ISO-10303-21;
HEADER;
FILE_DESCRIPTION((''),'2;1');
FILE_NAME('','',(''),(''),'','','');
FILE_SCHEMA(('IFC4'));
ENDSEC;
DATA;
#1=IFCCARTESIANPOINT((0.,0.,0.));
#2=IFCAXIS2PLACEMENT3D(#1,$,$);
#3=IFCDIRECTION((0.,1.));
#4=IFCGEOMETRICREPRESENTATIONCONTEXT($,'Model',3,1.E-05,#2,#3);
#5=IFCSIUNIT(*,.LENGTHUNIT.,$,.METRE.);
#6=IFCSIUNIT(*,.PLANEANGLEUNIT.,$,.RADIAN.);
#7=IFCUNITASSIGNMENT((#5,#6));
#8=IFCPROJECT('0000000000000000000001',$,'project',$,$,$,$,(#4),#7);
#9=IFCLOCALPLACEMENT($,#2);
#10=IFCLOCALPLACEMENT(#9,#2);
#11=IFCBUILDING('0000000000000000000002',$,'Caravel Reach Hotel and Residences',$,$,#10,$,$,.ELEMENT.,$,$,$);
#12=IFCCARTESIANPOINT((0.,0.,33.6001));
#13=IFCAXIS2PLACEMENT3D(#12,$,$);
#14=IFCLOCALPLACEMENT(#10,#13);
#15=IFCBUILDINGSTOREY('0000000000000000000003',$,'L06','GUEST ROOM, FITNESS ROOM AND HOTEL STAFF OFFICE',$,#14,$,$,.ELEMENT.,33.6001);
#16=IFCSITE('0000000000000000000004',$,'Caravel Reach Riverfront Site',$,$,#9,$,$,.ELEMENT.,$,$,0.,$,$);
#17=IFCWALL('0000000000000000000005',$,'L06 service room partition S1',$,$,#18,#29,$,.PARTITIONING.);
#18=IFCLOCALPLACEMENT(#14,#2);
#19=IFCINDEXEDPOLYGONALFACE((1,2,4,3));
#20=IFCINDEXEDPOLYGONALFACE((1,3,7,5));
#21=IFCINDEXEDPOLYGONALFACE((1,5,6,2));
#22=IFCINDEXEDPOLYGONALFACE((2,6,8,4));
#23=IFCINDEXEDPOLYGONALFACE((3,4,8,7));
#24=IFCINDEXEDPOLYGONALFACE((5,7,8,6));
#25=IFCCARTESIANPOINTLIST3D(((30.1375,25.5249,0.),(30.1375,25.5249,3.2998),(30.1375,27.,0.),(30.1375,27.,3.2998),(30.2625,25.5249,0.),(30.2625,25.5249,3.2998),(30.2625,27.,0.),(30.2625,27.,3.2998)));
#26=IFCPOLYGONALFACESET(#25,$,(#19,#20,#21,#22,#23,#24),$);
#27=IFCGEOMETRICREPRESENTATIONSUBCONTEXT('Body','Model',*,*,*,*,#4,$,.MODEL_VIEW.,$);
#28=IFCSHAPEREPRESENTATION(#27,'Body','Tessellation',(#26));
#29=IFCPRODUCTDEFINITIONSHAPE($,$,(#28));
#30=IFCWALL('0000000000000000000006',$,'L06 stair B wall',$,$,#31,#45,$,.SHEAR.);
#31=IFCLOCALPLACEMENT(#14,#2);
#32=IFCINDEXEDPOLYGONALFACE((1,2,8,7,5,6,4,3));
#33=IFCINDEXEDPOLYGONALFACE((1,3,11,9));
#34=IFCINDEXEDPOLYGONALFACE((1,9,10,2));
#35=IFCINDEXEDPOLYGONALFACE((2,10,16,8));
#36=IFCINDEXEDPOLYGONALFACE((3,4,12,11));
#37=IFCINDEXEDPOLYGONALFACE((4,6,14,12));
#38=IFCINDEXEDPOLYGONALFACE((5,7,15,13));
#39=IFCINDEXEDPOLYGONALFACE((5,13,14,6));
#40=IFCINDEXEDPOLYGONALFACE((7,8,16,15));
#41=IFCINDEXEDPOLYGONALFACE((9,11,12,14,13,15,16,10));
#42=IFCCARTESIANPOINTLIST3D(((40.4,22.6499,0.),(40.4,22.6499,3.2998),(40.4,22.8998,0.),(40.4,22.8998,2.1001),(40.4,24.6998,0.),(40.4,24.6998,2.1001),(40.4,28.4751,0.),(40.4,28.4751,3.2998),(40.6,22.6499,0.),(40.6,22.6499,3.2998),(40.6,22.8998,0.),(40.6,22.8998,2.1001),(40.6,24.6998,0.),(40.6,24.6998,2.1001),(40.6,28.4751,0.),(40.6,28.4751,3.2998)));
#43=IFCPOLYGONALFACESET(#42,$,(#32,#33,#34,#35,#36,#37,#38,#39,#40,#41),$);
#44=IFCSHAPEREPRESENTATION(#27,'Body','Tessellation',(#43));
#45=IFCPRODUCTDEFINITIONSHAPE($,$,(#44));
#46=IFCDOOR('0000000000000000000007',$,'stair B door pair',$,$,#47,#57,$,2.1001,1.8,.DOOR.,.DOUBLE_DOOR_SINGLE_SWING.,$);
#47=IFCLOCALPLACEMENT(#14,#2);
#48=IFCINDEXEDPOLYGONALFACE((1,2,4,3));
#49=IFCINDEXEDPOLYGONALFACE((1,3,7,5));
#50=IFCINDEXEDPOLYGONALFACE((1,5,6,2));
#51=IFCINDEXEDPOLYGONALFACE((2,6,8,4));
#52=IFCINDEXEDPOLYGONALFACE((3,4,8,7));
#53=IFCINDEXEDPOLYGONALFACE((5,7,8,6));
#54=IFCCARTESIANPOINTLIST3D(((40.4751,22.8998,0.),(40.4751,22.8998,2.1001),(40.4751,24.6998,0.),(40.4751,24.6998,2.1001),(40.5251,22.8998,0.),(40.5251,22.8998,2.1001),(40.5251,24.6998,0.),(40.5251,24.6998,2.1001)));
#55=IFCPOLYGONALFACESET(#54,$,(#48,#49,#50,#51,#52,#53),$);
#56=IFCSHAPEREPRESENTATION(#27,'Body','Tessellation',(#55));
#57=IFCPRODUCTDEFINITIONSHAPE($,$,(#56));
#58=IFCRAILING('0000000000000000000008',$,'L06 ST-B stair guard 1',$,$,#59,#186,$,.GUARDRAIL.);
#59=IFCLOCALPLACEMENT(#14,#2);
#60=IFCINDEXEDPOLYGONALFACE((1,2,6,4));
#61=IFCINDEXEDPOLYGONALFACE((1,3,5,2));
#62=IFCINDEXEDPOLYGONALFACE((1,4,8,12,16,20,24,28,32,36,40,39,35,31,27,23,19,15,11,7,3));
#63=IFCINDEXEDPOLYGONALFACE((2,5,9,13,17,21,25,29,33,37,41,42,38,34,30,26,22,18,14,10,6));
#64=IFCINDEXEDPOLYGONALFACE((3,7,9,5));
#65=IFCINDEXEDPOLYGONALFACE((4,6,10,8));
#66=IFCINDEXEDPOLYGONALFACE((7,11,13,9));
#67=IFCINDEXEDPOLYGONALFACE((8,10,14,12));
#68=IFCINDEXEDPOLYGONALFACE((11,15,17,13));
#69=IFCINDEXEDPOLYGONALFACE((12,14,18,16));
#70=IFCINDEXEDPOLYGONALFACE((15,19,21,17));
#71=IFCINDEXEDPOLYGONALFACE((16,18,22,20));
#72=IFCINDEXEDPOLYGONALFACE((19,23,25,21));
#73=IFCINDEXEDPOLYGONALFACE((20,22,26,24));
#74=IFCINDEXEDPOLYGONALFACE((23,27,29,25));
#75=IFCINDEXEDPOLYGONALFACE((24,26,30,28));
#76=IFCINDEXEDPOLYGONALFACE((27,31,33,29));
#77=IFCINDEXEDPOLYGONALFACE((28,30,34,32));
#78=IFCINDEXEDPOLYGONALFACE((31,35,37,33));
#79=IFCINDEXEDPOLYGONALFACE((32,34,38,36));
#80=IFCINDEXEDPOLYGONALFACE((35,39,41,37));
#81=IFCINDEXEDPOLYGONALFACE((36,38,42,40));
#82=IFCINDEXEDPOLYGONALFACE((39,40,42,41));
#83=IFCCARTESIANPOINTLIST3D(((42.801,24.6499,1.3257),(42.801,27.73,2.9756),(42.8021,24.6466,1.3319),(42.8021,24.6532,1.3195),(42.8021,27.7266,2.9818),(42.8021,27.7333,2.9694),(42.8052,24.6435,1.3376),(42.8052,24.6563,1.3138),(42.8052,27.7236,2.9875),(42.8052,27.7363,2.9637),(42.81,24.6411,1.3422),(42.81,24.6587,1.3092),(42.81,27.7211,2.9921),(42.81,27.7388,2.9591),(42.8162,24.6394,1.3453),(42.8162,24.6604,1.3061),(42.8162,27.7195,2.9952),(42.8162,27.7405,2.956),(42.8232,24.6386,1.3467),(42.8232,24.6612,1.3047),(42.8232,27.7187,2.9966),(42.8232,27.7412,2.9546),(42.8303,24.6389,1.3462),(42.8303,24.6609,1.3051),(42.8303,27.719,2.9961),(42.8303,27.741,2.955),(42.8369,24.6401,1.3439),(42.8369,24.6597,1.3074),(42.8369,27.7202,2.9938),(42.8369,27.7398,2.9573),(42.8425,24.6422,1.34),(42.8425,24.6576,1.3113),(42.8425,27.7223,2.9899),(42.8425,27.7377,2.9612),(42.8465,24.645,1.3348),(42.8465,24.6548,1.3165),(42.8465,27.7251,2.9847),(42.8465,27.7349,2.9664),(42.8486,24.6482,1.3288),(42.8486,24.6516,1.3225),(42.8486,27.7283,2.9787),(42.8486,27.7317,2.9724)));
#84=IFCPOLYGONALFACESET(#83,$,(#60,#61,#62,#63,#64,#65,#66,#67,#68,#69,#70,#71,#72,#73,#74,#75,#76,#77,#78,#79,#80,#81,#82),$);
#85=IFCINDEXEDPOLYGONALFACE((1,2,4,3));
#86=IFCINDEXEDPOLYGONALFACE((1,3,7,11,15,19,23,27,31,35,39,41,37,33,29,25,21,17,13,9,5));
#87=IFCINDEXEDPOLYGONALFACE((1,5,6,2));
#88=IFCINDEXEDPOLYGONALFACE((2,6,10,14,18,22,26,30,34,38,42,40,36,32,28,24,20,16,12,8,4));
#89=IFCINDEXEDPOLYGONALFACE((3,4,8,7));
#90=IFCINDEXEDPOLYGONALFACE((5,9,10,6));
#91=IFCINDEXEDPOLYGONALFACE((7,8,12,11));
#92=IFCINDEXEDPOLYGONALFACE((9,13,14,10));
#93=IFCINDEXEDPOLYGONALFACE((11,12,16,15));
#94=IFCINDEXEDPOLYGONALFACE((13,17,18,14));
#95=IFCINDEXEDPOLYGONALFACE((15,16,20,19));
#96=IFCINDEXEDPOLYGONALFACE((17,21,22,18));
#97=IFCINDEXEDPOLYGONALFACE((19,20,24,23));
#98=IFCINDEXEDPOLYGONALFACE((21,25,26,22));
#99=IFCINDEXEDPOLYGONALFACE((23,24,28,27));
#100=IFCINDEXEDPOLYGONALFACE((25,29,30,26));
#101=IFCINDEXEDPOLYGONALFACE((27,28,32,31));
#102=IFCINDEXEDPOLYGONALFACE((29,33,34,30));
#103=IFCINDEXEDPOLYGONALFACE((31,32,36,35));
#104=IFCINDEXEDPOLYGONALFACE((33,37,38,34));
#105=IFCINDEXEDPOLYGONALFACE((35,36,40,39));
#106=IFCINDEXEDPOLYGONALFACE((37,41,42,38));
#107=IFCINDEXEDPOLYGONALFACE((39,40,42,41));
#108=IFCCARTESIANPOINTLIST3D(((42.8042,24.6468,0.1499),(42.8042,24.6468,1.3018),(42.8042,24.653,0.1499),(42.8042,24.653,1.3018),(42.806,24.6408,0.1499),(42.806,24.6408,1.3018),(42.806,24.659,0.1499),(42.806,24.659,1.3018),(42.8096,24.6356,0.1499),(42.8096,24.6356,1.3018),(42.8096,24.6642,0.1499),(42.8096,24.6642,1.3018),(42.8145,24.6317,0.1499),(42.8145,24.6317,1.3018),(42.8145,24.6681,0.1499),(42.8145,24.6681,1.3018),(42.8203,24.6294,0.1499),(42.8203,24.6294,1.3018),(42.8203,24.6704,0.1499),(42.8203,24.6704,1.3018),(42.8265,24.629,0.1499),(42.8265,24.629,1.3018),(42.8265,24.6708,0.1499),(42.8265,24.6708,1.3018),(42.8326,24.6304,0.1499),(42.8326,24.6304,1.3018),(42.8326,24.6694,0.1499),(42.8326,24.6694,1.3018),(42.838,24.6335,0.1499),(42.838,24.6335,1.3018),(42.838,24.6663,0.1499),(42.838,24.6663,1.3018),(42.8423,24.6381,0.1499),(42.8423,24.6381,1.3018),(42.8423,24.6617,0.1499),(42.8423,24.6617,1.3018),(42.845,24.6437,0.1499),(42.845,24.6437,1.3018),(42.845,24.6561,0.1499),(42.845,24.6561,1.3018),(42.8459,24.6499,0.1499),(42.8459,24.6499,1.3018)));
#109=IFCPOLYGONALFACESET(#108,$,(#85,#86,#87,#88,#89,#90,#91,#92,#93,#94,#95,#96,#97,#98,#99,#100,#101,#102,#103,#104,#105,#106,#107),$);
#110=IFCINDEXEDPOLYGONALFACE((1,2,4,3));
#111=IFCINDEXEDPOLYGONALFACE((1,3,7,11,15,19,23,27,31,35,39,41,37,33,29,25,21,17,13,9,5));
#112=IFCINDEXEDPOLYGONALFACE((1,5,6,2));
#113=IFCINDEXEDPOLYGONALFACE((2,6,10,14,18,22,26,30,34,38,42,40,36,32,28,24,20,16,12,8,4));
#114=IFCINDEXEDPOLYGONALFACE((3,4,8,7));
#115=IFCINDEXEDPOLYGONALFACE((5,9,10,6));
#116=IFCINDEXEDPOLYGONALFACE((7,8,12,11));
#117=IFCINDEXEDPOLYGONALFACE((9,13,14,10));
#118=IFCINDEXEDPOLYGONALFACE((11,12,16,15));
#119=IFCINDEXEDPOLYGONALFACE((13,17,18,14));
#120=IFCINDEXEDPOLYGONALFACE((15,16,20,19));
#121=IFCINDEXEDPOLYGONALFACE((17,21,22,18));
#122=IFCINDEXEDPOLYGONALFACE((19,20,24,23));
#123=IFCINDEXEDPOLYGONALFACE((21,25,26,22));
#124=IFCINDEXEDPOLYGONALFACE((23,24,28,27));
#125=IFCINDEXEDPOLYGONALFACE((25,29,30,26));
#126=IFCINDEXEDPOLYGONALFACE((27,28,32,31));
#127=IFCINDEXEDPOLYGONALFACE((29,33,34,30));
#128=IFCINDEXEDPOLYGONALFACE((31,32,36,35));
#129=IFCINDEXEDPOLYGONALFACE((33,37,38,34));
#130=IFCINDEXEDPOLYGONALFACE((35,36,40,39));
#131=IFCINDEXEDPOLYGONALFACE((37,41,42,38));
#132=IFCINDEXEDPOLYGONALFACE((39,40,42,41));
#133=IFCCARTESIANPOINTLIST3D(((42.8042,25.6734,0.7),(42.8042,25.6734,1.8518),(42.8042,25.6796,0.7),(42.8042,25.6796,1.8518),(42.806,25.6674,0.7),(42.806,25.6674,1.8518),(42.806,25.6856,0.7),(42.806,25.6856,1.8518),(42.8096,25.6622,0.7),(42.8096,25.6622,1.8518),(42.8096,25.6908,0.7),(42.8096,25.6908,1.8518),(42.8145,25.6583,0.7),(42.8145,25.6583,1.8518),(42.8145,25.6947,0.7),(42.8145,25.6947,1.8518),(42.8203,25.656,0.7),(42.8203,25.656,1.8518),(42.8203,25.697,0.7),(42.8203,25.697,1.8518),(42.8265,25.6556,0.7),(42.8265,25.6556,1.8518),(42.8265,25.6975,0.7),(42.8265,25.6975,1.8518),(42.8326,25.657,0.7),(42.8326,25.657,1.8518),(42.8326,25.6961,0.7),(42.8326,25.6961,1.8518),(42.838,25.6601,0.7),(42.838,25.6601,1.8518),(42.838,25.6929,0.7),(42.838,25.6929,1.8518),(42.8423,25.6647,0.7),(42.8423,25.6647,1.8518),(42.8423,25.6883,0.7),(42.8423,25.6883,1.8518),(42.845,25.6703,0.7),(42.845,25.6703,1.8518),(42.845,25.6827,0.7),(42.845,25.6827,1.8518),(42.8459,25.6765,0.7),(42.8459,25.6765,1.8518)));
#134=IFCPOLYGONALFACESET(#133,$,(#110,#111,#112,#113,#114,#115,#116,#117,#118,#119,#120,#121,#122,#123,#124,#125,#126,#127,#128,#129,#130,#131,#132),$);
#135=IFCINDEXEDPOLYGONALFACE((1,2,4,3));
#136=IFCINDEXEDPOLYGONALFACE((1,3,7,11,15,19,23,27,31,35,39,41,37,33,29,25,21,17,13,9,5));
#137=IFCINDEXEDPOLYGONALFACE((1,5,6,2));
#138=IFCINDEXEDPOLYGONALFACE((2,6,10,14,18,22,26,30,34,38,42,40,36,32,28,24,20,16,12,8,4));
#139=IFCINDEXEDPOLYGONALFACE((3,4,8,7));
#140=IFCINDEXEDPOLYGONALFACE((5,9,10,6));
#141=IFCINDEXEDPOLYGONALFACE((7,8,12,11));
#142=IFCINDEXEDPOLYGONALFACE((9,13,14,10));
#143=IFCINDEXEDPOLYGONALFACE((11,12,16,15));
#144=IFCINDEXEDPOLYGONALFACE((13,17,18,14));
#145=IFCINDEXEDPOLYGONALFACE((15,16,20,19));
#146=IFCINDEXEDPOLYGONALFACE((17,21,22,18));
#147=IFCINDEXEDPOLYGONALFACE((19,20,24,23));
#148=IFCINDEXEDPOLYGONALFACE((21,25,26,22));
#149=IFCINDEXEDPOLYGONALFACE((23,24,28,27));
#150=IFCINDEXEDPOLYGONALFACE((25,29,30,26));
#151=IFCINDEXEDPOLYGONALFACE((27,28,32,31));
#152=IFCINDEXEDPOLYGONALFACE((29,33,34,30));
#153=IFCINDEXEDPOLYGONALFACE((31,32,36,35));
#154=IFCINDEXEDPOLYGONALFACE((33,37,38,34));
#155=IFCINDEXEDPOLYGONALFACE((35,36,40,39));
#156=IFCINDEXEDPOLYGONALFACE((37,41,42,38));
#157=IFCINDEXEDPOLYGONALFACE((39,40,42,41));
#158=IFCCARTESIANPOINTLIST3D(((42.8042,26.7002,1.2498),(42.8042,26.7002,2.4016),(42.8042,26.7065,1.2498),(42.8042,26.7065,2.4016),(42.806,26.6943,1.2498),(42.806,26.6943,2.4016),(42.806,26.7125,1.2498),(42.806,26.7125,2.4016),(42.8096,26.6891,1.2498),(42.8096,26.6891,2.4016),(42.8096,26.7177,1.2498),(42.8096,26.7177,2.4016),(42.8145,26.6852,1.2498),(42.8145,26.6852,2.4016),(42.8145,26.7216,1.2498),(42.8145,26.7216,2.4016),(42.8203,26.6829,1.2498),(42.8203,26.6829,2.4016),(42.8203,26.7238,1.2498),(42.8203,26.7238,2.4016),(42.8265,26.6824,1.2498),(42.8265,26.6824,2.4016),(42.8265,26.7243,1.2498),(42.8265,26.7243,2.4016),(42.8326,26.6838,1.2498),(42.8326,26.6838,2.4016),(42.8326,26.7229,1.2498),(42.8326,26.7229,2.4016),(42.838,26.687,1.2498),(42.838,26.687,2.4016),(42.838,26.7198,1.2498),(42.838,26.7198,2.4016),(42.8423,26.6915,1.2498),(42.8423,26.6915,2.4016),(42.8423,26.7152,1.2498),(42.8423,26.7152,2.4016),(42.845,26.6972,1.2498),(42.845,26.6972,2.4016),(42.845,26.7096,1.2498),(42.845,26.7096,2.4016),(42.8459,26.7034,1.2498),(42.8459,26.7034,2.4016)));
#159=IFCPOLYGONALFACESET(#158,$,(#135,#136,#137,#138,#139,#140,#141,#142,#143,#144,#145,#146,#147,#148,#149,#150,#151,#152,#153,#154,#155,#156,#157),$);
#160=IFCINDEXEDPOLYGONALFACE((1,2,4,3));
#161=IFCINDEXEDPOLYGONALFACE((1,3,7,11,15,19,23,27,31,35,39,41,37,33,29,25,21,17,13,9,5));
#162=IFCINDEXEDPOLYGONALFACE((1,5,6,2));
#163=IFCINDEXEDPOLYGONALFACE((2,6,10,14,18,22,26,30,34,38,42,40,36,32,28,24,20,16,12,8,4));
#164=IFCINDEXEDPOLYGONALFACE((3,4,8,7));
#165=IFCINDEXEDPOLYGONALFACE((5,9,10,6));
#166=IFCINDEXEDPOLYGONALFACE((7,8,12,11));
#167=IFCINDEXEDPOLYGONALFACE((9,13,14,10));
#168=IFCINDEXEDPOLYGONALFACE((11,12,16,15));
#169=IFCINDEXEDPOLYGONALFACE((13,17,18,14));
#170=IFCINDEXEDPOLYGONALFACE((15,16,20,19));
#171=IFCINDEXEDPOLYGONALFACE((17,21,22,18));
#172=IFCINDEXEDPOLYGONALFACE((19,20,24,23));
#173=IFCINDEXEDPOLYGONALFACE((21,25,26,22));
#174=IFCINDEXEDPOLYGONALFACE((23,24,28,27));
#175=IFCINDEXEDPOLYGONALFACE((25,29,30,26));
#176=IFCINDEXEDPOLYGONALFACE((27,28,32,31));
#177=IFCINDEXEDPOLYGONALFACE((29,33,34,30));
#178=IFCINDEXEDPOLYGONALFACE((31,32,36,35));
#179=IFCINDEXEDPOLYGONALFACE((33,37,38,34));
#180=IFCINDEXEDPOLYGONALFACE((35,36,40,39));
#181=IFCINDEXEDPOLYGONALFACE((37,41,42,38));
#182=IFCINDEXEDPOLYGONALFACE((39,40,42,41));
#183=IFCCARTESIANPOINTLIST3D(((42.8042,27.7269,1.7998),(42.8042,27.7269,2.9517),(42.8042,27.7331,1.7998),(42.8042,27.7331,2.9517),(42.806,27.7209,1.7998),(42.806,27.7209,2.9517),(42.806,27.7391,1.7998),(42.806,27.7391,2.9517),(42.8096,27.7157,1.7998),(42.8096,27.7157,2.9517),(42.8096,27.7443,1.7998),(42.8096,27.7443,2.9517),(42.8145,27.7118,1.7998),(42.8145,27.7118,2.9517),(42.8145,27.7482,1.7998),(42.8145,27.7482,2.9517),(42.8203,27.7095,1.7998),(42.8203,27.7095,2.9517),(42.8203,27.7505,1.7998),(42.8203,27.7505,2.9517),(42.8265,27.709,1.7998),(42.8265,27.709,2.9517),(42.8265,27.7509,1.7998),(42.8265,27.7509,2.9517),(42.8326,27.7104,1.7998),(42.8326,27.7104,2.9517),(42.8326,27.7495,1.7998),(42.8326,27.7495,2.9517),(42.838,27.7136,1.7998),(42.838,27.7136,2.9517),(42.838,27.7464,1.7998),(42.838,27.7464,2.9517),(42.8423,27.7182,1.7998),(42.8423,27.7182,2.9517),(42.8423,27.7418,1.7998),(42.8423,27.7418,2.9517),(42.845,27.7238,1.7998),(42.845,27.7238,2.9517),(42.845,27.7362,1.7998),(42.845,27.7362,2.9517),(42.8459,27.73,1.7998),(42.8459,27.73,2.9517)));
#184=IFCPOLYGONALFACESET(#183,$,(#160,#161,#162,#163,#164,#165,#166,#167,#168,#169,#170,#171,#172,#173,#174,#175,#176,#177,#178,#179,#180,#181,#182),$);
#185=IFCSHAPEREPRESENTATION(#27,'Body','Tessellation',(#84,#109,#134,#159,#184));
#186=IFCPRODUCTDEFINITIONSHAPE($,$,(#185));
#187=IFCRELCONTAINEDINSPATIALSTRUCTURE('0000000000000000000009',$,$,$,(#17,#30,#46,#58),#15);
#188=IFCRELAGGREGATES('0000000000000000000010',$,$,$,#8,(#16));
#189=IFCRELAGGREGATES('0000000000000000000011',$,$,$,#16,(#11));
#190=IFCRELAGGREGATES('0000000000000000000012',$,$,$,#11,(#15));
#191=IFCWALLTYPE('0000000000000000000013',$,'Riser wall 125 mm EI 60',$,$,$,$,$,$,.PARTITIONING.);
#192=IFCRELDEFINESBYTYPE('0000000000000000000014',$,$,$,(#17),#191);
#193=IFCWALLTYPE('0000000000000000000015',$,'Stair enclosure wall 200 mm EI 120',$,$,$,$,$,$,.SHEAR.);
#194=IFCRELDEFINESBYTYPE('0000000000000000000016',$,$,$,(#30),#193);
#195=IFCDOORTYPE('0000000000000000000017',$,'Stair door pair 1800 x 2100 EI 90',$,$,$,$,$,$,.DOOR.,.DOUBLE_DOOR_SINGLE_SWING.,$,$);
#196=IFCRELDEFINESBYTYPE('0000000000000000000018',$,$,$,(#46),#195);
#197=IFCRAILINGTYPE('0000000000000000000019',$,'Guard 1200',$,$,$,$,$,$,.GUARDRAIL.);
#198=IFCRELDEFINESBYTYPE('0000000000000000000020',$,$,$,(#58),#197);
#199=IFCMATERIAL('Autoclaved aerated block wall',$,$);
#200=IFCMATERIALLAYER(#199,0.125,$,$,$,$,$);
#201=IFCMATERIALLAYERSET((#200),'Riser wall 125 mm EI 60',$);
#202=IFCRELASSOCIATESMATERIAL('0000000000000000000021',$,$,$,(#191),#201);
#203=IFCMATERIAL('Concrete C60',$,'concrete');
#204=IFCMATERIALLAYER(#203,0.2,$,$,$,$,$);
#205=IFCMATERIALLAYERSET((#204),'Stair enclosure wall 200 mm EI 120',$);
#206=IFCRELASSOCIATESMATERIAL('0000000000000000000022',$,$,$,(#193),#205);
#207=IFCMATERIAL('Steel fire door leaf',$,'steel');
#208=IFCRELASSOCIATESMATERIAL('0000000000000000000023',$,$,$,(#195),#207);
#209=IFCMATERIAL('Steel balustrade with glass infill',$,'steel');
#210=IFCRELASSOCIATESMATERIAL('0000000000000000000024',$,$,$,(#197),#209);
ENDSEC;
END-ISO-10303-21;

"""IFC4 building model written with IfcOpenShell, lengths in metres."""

from ifc_helpers import new_model, si_unit, direction, frame, frame_2d, origin, origin_2d, place, context, subcontext, project, spatial, rectangle, circle, extrude, material, layer, layer_set, type_object, element, fill, save


model = new_model("IFC4")

# Units and contexts
model_context = context("Model", 3, precision=1e-05, world=origin(), true_north=direction((0.0, 1.0)))
body_context = subcontext(model_context, "Body", "Model", "MODEL_VIEW")
ifc_project = project(units=[si_unit("LENGTHUNIT", "METRE"), si_unit("PLANEANGLEUNIT", "RADIAN")], contexts=[model_context])

# Site, building, storey
site_placement = place(None, origin())
site = spatial("IfcSite", under=ifc_project, at=site_placement, Name="Caravel Reach Riverfront Site", CompositionType="ELEMENT", RefElevation=0.0)
building_placement = place(site_placement, origin())
building = spatial("IfcBuilding", under=site, at=building_placement, Name="Caravel Reach Hotel and Residences", CompositionType="ELEMENT")
storey_placement = place(building_placement, frame((0.0, 0.0, 33.6001)))
storey = spatial("IfcBuildingStorey", under=building, at=storey_placement, Name="L06", Description="GUEST ROOM, FITNESS ROOM AND HOTEL STAFF OFFICE", CompositionType="ELEMENT", Elevation=33.6001)

# Wall
ifc_material_1 = material(Name="Autoclaved aerated block wall")
ifc_layer_1 = layer(ifc_material_1, 0.125)
ifc_layer_set_1 = layer_set([ifc_layer_1], Name="Riser wall 125 mm EI 60")
wall_type_1 = type_object("IfcWallType", Name="Riser wall 125 mm EI 60", PredefinedType="PARTITIONING", material=ifc_layer_set_1)
for number, where, z_axis, x_axis, name in (
    (1, (30.2, 25.5249, 0.0), (0.0, 0.0, 1.0), (0.0, 1.0, 0.0), "L06 service room partition S1"),
):
    element("IfcWall", number, at=place(storey_placement, frame(where, z_axis=z_axis, x_axis=x_axis)), inside=storey, type_object=wall_type_1, Name=name, PredefinedType="PARTITIONING", context=body_context, shape_type="SweptSolid", body=[
        extrude(rectangle(XDim=1.4751, YDim=0.125, at=frame_2d((0.7375, 0.0))), origin(), (0.0, 0.0, 1.0), 3.2998),
    ])

# Wall, opening, door
ifc_material_2 = material(Name="Concrete C60", Category="concrete")
ifc_layer_2 = layer(ifc_material_2, 0.2)
ifc_layer_set_2 = layer_set([ifc_layer_2], Name="Stair enclosure wall 200 mm EI 120")
wall_type_2 = type_object("IfcWallType", Name="Stair enclosure wall 200 mm EI 120", PredefinedType="SHEAR", material=ifc_layer_set_2)
wall_1_placement = place(storey_placement, frame((40.5, 22.6499, 0.0), z_axis=(0.0, 0.0, 1.0), x_axis=(0.0, 1.0, 0.0)))
wall_1 = element("IfcWall", 2, at=wall_1_placement, inside=storey, type_object=wall_type_2, Name="L06 stair B wall", PredefinedType="SHEAR", context=body_context, shape_type="SweptSolid", body=[
    extrude(rectangle(XDim=5.8252, YDim=0.2, at=frame_2d((2.9126, 0.0))), origin(), (0.0, 0.0, 1.0), 3.2998),
])
opening_1_placement = place(wall_1_placement, frame((0.25, 0.0, 0.0)))
opening_1 = element("IfcOpeningElement", 3, at=opening_1_placement, cuts=wall_1, PredefinedType="OPENING", context=body_context, shape_type="SweptSolid", body=[
    extrude(rectangle(XDim=1.8, YDim=2.1001, at=frame_2d((0.8999, 1.05))), frame((0.0, 0.1099, 0.0), z_axis=(0.0, -1.0, 0.0), x_axis=(1.0, 0.0, 0.0)), (0.0, 0.0, 1.0), 0.22),
])
ifc_material_3 = material(Name="Steel fire door leaf", Category="steel")
door_type_1 = type_object("IfcDoorType", Name="Stair door pair 1800 x 2100 EI 90", OperationType="DOUBLE_DOOR_SINGLE_SWING", PredefinedType="DOOR", material=ifc_material_3)
door_1_placement = place(opening_1_placement, origin())
door_1 = element("IfcDoor", 4, at=door_1_placement, inside=storey, type_object=door_type_1, Name="stair B door pair", OperationType="DOUBLE_DOOR_SINGLE_SWING", OverallHeight=2.1001, OverallWidth=1.8, PredefinedType="DOOR", context=body_context, shape_type="SweptSolid", body=[
    extrude(rectangle(XDim=1.8, YDim=2.1001, at=frame_2d((0.8999, 1.05))), frame((0.0, 0.0249, 0.0), z_axis=(0.0, -1.0, 0.0), x_axis=(1.0, 0.0, 0.0)), (0.0, 0.0, 1.0), 0.05),
])
fill(opening_1, door_1)

# Railing
ifc_material_4 = material(Name="Steel balustrade with glass infill", Category="steel")
railing_type = type_object("IfcRailingType", Name="Guard 1200", PredefinedType="GUARDRAIL", material=ifc_material_4)
railing_1_placement = place(storey_placement, frame((42.825, 24.6499, 0.1499)))
element("IfcRailing", 5, at=railing_1_placement, inside=storey, type_object=railing_type, Name="L06 ST-B stair guard 1", PredefinedType="GUARDRAIL", context=body_context, shape_type="SweptSolid", body=[
    extrude(circle(Radius=0.0239, at=origin_2d()), frame((0.0, 0.0, 1.1758), z_axis=(0.0, 0.881497, 0.47219), x_axis=(-1.0, 0.0, 0.0)), (0.0, 0.0, 1.0), 3.4941),
    extrude(circle(Radius=0.021, at=origin_2d()), origin(), (0.0, 0.0, 1.0), 1.1519),
    extrude(circle(Radius=0.021, at=origin_2d()), frame((0.0, 1.0266, 0.55)), (0.0, 0.0, 1.0), 1.1519),
    extrude(circle(Radius=0.021, at=origin_2d()), frame((0.0, 2.0535, 1.0999)), (0.0, 0.0, 1.0), 1.1519),
    extrude(circle(Radius=0.021, at=origin_2d()), frame((0.0, 3.0801, 1.6499)), (0.0, 0.0, 1.0), 1.1519),
])

save(model, "model.ifc")
